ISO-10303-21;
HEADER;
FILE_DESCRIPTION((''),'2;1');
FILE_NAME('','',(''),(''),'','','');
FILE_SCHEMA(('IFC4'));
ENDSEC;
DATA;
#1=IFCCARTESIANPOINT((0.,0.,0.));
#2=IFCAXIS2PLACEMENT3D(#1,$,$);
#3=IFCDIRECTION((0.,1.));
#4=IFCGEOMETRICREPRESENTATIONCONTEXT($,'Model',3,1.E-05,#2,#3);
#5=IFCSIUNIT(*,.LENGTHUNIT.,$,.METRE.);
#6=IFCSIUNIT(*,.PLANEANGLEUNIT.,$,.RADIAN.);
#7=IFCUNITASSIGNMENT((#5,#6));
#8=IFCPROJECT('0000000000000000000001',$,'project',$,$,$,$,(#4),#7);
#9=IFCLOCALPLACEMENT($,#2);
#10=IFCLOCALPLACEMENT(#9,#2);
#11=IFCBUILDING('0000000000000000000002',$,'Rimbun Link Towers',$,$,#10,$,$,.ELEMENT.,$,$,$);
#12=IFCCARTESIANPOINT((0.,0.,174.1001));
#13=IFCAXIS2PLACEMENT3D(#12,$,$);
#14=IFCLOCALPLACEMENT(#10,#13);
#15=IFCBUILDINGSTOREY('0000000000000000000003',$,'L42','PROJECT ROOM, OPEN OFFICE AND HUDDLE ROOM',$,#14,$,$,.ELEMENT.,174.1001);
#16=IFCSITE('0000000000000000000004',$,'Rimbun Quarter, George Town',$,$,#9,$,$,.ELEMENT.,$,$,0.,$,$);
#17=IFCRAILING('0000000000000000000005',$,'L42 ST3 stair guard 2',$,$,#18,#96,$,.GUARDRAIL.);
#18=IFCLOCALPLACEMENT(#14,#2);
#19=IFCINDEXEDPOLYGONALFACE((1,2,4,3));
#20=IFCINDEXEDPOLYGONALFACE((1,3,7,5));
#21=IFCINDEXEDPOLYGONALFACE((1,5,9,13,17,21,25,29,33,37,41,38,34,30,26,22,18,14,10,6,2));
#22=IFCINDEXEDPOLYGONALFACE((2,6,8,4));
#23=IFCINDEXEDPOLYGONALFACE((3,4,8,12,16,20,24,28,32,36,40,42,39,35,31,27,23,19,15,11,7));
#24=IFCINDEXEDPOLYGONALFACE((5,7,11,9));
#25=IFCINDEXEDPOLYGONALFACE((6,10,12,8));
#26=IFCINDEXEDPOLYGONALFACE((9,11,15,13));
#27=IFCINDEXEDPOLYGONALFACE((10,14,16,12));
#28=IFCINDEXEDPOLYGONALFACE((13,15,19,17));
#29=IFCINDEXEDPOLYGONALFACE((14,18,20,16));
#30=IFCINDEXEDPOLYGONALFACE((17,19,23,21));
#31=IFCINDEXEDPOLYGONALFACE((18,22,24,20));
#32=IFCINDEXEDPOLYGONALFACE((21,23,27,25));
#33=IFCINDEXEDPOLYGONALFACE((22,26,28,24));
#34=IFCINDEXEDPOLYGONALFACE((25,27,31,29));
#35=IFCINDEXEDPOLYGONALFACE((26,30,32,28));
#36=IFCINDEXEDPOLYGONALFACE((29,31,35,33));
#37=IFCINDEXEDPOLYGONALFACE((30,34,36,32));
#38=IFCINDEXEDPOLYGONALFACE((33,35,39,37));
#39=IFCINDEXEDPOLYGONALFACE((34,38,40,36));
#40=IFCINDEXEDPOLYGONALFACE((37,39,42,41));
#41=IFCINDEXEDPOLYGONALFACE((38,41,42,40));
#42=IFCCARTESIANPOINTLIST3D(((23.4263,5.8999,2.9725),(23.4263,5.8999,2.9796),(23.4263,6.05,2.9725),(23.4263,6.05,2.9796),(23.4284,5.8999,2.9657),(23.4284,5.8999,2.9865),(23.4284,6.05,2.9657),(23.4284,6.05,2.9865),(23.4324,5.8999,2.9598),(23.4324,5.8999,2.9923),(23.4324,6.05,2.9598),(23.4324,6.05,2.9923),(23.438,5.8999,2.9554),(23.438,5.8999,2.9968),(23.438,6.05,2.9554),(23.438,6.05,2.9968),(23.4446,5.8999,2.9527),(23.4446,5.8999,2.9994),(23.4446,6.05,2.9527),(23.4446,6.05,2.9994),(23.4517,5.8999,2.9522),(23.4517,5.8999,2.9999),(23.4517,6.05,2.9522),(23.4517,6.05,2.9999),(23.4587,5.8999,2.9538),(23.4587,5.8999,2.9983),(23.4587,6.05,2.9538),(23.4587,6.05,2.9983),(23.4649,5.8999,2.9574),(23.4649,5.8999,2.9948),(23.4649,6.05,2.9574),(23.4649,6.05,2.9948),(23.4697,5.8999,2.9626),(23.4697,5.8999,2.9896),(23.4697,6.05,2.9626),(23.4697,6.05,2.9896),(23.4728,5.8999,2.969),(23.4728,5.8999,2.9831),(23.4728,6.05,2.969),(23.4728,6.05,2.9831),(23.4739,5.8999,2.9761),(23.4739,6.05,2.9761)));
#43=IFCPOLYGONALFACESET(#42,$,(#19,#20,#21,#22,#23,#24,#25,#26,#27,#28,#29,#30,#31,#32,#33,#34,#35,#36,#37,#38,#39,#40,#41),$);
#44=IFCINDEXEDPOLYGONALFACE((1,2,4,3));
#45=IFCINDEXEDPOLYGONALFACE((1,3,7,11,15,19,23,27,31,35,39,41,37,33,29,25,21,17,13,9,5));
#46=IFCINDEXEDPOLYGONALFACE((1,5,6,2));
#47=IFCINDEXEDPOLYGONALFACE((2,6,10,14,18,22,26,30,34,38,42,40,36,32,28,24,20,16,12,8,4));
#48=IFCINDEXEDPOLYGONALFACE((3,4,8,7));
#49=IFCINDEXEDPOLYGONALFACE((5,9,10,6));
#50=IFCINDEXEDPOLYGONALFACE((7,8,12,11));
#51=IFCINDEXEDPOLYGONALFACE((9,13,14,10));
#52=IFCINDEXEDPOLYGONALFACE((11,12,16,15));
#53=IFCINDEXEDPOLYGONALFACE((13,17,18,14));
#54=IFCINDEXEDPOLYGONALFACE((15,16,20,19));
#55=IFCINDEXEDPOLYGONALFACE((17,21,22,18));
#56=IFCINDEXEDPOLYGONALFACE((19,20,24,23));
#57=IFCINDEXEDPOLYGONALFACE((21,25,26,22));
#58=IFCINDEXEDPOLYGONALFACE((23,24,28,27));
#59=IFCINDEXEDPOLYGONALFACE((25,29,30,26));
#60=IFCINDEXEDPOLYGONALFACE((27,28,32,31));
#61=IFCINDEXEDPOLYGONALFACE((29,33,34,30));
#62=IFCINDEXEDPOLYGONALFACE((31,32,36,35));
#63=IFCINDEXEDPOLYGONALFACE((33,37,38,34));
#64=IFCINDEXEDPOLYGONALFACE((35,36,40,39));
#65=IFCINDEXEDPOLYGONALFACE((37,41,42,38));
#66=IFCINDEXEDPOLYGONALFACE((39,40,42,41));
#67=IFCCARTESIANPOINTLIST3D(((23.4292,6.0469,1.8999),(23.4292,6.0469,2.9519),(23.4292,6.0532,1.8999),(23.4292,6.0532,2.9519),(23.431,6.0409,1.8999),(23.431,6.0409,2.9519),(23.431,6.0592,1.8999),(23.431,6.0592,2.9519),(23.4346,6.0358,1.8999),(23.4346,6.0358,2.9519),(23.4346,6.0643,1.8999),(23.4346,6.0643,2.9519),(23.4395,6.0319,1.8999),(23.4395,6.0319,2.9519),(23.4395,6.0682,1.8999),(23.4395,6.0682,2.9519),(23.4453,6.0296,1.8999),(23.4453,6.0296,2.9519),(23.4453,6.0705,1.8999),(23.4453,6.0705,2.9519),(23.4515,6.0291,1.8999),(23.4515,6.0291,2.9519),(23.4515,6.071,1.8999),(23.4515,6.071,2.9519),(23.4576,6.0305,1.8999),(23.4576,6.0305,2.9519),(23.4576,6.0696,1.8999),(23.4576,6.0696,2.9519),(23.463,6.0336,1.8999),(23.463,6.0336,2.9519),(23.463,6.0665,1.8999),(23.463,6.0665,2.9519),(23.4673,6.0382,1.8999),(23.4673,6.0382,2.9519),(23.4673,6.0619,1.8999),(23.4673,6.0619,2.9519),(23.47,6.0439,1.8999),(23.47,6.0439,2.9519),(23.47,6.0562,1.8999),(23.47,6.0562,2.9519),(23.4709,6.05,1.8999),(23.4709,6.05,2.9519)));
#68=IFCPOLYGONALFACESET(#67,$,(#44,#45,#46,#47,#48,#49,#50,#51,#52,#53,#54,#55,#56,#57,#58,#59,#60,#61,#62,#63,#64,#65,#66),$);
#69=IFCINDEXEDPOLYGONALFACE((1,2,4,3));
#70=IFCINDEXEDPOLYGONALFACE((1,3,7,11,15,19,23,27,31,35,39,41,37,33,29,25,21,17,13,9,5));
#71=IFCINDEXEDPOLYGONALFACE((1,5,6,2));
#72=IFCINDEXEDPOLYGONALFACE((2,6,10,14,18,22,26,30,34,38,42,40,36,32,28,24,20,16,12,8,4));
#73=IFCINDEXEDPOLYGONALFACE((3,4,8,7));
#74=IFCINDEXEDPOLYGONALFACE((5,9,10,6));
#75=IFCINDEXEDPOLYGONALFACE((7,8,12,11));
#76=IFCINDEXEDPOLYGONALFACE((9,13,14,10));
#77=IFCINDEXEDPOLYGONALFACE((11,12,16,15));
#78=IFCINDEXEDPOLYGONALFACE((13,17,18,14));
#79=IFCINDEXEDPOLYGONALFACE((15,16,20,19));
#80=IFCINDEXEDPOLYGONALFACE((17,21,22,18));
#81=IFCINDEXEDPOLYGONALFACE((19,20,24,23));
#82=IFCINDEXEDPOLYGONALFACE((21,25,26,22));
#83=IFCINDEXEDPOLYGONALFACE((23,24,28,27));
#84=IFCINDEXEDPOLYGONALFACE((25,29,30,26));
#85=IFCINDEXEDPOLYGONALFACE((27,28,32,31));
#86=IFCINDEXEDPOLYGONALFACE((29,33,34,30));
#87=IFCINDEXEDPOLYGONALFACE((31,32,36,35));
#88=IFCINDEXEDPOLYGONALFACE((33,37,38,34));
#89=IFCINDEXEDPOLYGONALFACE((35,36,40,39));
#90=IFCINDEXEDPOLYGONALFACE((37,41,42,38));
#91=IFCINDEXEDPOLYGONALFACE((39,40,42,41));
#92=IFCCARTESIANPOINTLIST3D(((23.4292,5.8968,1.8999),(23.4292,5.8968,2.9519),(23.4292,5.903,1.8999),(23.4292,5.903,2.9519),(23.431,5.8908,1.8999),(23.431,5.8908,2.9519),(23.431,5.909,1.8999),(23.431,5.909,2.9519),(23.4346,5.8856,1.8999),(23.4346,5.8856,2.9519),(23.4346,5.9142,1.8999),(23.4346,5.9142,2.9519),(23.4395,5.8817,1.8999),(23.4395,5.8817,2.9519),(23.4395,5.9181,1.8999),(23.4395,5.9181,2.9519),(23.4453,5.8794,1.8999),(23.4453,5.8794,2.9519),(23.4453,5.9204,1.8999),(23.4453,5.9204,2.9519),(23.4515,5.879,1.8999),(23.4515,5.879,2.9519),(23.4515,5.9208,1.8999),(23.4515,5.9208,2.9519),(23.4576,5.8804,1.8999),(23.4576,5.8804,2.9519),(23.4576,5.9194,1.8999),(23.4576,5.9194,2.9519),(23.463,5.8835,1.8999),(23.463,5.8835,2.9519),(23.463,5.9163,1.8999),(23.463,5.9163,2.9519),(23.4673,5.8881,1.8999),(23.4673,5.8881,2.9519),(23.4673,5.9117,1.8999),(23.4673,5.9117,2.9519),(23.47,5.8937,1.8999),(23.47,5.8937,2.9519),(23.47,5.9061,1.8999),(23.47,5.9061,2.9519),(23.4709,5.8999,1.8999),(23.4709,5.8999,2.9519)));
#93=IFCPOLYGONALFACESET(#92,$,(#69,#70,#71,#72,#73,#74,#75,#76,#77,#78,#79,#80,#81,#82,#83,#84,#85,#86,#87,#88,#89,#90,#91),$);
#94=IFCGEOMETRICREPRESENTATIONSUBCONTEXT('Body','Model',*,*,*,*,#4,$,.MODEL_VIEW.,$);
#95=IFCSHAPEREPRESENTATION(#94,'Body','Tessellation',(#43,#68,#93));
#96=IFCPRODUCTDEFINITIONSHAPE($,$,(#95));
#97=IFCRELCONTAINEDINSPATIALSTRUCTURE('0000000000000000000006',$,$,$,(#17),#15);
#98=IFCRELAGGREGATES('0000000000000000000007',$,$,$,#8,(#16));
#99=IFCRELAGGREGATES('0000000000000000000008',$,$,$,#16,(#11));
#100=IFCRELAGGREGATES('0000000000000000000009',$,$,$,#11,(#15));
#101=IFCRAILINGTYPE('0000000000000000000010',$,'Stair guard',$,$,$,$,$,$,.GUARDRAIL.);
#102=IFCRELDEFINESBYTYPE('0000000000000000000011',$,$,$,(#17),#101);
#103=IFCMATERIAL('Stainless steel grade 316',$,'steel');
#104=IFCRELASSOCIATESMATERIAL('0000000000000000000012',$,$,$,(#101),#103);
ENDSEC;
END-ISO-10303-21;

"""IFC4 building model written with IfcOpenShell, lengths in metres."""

from ifc_helpers import new_model, si_unit, direction, frame, origin, origin_2d, place, context, subcontext, project, spatial, circle, extrude, material, type_object, element, save


model = new_model("IFC4")

# Units and contexts
model_context = context("Model", 3, precision=1e-05, world=origin(), true_north=direction((0.0, 1.0)))
body_context = subcontext(model_context, "Body", "Model", "MODEL_VIEW")
ifc_project = project(units=[si_unit("LENGTHUNIT", "METRE"), si_unit("PLANEANGLEUNIT", "RADIAN")], contexts=[model_context])

# Site, building, storey
site_placement = place(None, origin())
site = spatial("IfcSite", under=ifc_project, at=site_placement, Name="Rimbun Quarter, George Town", CompositionType="ELEMENT", RefElevation=0.0)
building_placement = place(site_placement, origin())
building = spatial("IfcBuilding", under=site, at=building_placement, Name="Rimbun Link Towers", CompositionType="ELEMENT")
storey_placement = place(building_placement, frame((0.0, 0.0, 174.1001)))
storey = spatial("IfcBuildingStorey", under=building, at=storey_placement, Name="L42", Description="PROJECT ROOM, OPEN OFFICE AND HUDDLE ROOM", CompositionType="ELEMENT", Elevation=174.1001)

# Railing
ifc_material_1 = material(Name="Stainless steel grade 316", Category="steel")
railing_type_1 = type_object("IfcRailingType", Name="Stair guard", PredefinedType="GUARDRAIL", material=ifc_material_1)
railing_1_placement = place(storey_placement, frame((23.45, 6.05, 1.8999)))
element("IfcRailing", 1, at=railing_1_placement, inside=storey, type_object=railing_type_1, Name="L42 ST3 stair guard 2", PredefinedType="GUARDRAIL", context=body_context, shape_type="SweptSolid", body=[
    extrude(circle(Radius=0.0239, at=origin_2d()), frame((0.0, 0.0, 1.0762), z_axis=(0.0, -1.0, 0.0), x_axis=(1.0, 0.0, 0.0)), (0.0, 0.0, 1.0), 0.1501),
    extrude(circle(Radius=0.021, at=origin_2d()), origin(), (0.0, 0.0, 1.0), 1.052),
    extrude(circle(Radius=0.021, at=origin_2d()), frame((0.0, -0.1501, 0.0)), (0.0, 0.0, 1.0), 1.052),
])

save(model, "model.ifc")
